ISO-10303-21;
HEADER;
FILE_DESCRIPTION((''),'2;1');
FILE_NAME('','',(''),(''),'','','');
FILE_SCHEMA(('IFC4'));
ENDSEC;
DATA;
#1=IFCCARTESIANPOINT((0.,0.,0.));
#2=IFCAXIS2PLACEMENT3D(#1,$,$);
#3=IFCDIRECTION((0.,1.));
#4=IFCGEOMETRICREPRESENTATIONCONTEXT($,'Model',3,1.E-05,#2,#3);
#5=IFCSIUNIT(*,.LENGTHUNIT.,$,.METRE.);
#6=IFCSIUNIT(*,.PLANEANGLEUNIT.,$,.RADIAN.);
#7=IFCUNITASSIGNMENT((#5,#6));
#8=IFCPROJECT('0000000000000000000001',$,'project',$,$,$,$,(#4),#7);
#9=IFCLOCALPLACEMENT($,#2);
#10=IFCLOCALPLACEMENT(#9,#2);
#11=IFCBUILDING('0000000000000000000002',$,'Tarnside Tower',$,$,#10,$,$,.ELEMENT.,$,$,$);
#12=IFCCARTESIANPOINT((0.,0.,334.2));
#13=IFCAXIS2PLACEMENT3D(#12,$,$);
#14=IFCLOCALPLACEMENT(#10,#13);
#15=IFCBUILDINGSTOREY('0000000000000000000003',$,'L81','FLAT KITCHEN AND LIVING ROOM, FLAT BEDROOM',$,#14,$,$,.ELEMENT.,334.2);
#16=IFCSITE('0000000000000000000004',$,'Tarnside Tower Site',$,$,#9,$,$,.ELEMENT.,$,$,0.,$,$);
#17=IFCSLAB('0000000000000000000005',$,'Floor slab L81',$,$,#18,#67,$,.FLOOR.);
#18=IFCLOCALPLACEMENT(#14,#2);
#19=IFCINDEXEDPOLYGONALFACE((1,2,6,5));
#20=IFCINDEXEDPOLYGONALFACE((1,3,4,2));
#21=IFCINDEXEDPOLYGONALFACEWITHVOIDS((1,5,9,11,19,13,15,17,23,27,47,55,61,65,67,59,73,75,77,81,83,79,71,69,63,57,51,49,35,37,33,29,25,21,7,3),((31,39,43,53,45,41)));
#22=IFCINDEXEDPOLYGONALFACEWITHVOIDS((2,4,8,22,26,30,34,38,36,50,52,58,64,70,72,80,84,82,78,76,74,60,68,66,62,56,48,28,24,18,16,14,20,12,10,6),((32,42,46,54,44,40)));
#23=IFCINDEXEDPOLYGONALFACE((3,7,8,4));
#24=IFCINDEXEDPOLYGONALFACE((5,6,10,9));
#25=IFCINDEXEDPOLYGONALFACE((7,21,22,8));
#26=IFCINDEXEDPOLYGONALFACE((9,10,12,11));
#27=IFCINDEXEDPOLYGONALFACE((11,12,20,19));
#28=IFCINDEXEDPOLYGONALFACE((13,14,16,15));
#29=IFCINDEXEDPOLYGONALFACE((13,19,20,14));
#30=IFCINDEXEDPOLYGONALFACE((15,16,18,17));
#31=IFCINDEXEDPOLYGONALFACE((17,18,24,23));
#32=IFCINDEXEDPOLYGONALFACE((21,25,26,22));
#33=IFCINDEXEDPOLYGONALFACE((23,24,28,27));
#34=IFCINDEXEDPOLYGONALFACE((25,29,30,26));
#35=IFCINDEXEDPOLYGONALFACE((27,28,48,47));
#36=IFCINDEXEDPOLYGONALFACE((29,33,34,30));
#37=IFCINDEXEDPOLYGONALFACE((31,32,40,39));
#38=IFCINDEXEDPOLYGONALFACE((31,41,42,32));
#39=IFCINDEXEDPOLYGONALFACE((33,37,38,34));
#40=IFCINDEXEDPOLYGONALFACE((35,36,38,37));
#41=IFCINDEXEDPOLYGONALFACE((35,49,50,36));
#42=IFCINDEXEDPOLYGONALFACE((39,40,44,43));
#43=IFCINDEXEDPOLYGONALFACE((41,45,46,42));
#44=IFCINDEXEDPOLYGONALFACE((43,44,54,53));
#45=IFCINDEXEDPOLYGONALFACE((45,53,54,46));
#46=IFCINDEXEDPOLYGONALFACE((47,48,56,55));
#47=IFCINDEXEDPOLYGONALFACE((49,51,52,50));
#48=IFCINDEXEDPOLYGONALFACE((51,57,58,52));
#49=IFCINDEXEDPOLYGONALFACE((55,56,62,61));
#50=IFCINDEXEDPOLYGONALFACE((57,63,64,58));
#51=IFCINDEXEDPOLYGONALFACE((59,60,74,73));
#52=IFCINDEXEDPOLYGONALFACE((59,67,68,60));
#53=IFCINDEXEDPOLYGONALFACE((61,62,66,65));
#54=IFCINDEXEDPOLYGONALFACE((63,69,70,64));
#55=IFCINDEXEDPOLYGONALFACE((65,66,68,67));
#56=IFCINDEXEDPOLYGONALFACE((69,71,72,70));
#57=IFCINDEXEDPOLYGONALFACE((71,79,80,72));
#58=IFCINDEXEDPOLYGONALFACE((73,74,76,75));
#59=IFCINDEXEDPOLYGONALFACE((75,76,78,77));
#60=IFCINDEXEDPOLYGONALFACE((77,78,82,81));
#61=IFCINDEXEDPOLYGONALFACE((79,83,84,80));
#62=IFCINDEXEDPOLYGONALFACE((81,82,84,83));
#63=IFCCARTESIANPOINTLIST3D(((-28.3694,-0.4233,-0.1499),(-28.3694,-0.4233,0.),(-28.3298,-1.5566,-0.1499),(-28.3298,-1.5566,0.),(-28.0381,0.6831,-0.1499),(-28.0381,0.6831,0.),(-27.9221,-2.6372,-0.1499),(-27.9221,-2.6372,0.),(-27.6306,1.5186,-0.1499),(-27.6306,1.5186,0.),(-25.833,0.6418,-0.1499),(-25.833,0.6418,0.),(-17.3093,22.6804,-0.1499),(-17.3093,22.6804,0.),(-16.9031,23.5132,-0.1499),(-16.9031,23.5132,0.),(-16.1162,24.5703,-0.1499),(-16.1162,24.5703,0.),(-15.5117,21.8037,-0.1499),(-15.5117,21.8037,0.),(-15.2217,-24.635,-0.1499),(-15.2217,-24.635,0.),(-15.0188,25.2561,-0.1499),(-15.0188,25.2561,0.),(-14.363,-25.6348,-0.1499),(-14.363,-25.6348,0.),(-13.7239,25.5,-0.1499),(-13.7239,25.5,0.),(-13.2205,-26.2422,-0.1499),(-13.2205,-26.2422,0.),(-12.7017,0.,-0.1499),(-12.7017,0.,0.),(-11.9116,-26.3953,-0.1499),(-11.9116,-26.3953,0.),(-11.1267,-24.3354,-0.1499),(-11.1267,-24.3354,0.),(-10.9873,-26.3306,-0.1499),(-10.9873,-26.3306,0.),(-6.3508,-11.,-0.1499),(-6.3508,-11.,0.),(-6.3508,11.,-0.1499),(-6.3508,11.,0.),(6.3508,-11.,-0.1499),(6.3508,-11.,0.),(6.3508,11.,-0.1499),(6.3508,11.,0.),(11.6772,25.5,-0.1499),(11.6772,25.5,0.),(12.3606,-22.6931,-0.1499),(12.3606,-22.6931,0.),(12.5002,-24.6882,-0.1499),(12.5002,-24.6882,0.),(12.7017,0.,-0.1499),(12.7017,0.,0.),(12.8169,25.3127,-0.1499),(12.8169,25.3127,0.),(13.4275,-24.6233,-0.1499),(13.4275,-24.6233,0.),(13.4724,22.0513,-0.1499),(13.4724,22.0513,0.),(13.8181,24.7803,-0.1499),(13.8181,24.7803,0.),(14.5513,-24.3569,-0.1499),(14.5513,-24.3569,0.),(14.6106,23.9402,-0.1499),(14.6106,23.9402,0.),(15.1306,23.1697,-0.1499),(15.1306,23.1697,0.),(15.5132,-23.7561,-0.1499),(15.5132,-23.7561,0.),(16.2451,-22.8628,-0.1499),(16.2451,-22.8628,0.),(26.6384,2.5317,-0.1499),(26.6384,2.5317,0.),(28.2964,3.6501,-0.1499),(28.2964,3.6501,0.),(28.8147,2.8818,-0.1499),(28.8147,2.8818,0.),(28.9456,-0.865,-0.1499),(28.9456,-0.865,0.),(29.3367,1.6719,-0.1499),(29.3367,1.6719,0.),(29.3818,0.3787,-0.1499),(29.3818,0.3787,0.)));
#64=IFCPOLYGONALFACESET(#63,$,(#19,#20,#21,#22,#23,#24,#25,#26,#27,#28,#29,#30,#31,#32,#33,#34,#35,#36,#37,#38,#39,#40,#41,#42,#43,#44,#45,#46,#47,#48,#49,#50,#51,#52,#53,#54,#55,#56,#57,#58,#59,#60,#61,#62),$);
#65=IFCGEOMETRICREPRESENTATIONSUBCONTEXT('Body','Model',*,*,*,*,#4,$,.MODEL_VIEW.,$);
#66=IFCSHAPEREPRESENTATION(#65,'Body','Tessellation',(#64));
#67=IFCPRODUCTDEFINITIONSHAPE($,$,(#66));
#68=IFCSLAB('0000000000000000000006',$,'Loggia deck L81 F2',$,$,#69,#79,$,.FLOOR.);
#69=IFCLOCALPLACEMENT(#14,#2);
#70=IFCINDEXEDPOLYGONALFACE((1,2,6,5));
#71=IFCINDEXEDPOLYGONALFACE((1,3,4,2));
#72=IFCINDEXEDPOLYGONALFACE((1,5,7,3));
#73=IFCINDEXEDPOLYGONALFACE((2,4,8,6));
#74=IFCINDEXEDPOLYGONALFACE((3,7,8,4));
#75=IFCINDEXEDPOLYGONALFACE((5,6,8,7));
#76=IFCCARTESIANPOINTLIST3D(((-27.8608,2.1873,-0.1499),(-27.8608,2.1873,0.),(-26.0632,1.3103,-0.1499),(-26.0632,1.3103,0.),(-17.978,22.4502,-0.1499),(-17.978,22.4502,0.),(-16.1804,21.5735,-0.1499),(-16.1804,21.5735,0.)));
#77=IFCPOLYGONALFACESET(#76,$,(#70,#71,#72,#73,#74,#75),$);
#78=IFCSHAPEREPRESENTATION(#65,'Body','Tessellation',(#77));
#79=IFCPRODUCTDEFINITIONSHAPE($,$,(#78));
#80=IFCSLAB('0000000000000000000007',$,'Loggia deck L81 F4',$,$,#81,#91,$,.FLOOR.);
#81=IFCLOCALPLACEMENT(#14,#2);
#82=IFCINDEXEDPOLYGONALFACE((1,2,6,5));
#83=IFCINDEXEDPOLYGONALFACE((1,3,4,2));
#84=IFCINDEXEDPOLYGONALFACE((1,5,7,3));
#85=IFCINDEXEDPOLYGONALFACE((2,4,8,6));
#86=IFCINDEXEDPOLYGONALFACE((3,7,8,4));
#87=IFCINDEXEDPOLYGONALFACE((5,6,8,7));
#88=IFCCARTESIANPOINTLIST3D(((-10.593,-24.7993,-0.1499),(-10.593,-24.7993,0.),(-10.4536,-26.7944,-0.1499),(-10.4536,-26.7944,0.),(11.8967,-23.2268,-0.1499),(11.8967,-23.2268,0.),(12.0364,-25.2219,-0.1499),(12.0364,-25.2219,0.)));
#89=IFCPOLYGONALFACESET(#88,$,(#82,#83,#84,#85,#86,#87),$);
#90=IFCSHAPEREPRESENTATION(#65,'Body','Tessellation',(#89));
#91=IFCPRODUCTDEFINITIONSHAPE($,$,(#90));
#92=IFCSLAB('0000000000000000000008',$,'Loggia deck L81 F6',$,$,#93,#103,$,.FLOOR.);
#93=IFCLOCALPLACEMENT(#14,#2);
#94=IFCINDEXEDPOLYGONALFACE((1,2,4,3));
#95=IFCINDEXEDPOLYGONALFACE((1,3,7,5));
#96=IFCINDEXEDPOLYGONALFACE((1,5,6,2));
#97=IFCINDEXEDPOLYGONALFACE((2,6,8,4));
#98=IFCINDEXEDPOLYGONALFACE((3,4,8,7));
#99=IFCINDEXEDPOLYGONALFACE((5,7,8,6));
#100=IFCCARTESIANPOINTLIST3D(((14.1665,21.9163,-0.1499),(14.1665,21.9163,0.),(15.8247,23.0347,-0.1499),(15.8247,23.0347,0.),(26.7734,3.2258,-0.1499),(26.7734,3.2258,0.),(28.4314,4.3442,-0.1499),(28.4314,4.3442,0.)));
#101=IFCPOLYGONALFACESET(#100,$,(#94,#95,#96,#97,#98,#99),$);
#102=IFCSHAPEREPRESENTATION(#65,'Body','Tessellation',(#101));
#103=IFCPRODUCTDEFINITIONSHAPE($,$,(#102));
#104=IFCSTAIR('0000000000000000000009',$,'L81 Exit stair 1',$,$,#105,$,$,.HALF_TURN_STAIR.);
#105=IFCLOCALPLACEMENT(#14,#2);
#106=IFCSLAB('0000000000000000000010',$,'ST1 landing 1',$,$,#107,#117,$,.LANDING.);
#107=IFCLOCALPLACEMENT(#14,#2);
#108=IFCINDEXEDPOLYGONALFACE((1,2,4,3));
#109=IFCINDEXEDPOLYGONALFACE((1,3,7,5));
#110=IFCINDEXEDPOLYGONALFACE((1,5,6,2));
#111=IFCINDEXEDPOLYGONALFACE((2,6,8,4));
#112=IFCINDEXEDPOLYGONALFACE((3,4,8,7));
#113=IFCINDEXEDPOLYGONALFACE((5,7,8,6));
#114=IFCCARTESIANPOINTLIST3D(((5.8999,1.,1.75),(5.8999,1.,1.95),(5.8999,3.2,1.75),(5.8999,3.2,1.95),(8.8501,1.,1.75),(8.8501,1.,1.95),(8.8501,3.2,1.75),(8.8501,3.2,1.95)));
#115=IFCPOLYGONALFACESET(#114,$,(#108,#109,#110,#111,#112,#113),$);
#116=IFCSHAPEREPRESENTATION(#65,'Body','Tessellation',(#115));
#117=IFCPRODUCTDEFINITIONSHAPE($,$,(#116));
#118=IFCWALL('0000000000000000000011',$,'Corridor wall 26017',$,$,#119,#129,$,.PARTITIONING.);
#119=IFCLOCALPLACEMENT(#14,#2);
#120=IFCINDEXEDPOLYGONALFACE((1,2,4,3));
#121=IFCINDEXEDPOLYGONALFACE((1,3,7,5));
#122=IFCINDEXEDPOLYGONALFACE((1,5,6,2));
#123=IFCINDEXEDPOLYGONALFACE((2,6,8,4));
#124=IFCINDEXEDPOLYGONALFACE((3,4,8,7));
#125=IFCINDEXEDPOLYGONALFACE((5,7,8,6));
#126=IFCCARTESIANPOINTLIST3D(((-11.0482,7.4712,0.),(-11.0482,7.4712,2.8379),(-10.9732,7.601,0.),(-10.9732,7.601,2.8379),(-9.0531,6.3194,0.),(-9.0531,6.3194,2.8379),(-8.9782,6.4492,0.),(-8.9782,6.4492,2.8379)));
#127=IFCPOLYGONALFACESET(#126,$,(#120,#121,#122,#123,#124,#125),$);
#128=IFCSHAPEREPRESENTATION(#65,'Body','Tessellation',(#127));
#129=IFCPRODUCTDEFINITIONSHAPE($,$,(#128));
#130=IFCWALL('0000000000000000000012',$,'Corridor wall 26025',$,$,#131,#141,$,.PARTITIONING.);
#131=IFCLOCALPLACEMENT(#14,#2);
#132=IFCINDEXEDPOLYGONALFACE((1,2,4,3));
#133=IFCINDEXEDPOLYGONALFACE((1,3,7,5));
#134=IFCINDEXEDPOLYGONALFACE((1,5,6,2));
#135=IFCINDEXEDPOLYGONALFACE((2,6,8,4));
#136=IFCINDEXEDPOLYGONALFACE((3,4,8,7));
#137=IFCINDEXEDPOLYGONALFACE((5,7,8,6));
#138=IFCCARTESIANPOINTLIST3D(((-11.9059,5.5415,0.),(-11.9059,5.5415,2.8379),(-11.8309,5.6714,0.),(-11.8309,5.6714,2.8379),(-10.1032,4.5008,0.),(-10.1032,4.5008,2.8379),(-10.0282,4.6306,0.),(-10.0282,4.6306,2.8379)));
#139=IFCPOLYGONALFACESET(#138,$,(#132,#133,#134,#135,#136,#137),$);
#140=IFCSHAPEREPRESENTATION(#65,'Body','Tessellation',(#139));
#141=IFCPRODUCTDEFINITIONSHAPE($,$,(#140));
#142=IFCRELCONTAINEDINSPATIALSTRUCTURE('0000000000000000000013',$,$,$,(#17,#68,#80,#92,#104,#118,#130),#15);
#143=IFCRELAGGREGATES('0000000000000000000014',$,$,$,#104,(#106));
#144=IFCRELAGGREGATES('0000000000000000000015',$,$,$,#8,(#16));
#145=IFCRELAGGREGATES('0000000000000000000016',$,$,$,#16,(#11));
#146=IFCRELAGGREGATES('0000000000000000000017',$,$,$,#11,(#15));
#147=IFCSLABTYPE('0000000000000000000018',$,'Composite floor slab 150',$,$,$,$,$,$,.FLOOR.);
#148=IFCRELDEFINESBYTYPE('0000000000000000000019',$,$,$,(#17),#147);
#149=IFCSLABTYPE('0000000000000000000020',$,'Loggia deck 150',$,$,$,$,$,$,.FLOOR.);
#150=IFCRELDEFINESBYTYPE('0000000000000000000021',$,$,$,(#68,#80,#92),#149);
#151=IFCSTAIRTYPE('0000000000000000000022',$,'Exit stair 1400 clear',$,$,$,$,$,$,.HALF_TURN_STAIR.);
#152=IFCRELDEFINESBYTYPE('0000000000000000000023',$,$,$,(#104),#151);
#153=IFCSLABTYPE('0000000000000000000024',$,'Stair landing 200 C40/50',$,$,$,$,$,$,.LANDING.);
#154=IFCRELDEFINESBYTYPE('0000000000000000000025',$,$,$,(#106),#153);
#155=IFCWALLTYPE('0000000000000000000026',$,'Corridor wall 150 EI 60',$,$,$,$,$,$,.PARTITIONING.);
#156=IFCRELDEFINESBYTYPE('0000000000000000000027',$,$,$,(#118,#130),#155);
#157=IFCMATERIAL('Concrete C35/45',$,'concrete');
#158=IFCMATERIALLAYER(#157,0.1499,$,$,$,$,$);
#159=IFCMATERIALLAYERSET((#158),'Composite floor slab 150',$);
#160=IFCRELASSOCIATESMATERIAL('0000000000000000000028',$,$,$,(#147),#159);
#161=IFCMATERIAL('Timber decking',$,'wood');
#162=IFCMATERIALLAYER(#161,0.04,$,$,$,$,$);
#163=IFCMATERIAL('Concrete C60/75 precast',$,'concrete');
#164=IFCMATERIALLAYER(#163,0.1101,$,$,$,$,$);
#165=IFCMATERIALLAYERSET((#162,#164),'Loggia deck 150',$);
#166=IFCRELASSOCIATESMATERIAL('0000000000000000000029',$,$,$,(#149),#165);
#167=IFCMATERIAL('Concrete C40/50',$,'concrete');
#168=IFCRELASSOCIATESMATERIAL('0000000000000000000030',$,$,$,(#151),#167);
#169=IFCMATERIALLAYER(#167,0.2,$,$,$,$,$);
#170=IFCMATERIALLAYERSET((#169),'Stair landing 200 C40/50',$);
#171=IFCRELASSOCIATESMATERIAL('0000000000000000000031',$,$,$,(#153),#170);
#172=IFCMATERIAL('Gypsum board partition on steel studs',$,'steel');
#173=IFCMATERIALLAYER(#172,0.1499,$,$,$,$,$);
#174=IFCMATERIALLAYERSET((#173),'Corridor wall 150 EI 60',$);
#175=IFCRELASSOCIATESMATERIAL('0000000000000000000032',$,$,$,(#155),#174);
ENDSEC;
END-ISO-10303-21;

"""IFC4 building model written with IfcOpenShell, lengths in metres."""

from ifc_helpers import new_model, si_unit, direction, frame, frame_2d, origin, place, context, subcontext, project, spatial, polyline, rectangle, outline, extrude, material, layer, layer_set, type_object, element, aggregate, save


model = new_model("IFC4")

# Units and contexts
model_context = context("Model", 3, precision=1e-05, world=origin(), true_north=direction((0.0, 1.0)))
body_context = subcontext(model_context, "Body", "Model", "MODEL_VIEW")
ifc_project = project(units=[si_unit("LENGTHUNIT", "METRE"), si_unit("PLANEANGLEUNIT", "RADIAN")], contexts=[model_context])

# Site, building, storey
site_placement = place(None, origin())
site = spatial("IfcSite", under=ifc_project, at=site_placement, Name="Tarnside Tower Site", CompositionType="ELEMENT", RefElevation=0.0)
building_placement = place(site_placement, origin())
building = spatial("IfcBuilding", under=site, at=building_placement, Name="Tarnside Tower", CompositionType="ELEMENT")
storey_placement = place(building_placement, frame((0.0, 0.0, 334.2)))
storey = spatial("IfcBuildingStorey", under=building, at=storey_placement, Name="L81", Description="FLAT KITCHEN AND LIVING ROOM, FLAT BEDROOM", CompositionType="ELEMENT", Elevation=334.2)

# Slabs
ifc_material_1 = material(Name="Concrete C35/45", Category="concrete")
ifc_layer_1 = layer(ifc_material_1, 0.1499)
ifc_layer_set_1 = layer_set([ifc_layer_1], Name="Composite floor slab 150")
slab_type_1 = type_object("IfcSlabType", Name="Composite floor slab 150", PredefinedType="FLOOR", material=ifc_layer_set_1)
slab_1_placement = place(storey_placement, frame((0.0, 0.0, -0.1499)))
element("IfcSlab", 1, at=slab_1_placement, inside=storey, type_object=slab_type_1, Name="Floor slab L81", PredefinedType="FLOOR", context=body_context, shape_type="SweptSolid", body=[
    extrude(outline(polyline([(12.8169, 25.3127), (13.8181, 24.7803), (14.6106, 23.9402), (15.1306, 23.1697), (13.4724, 22.0513), (26.6384, 2.5317), (28.2964, 3.6501), (28.8147, 2.8818), (29.3367, 1.6719), (29.3818, 0.3787), (28.9456, -0.865), (16.2451, -22.8628), (15.5132, -23.7561), (14.5513, -24.3569), (13.4275, -24.6233), (12.5002, -24.6882), (12.3606, -22.6931), (-11.1267, -24.3354), (-10.9873, -26.3306), (-11.9116, -26.3953), (-13.2205, -26.2422), (-14.363, -25.6348), (-15.2217, -24.635), (-27.9221, -2.6372), (-28.3298, -1.5566), (-28.3694, -0.4233), (-28.0381, 0.6831), (-27.6306, 1.5186), (-25.833, 0.6418), (-15.5117, 21.8037), (-17.3093, 22.6804), (-16.9031, 23.5132), (-16.1162, 24.5703), (-15.0188, 25.2561), (-13.7239, 25.5), (11.6772, 25.5), (12.8169, 25.3127)]), holes=[polyline([(-12.7017, 0.0), (-6.3508, -11.0), (6.3508, -11.0), (12.7017, 0.0), (6.3508, 11.0), (-6.3508, 11.0), (-12.7017, 0.0)])]), origin(), (0.0, 0.0, 1.0), 0.1499),
])
ifc_material_2 = material(Name="Timber decking", Category="wood")
ifc_layer_2 = layer(ifc_material_2, 0.04)
ifc_material_3 = material(Name="Concrete C60/75 precast", Category="concrete")
ifc_layer_3 = layer(ifc_material_3, 0.1101)
ifc_layer_set_2 = layer_set([ifc_layer_2, ifc_layer_3], Name="Loggia deck 150")
slab_type_2 = type_object("IfcSlabType", Name="Loggia deck 150", PredefinedType="FLOOR", material=ifc_layer_set_2)
slab_2_placement = place(storey_placement, frame((0.0, 0.0, -0.1499)))
element("IfcSlab", 2, at=slab_2_placement, inside=storey, type_object=slab_type_2, Name="Loggia deck L81 F2", PredefinedType="FLOOR", context=body_context, shape_type="SweptSolid", body=[
    extrude(outline(polyline([(-16.1804, 21.5735), (-26.0632, 1.3103), (-27.8608, 2.1873), (-17.978, 22.4502), (-16.1804, 21.5735)])), origin(), (0.0, 0.0, 1.0), 0.1499),
])
slab_3_placement = place(storey_placement, frame((0.0, 0.0, -0.1499)))
element("IfcSlab", 3, at=slab_3_placement, inside=storey, type_object=slab_type_2, Name="Loggia deck L81 F4", PredefinedType="FLOOR", context=body_context, shape_type="SweptSolid", body=[
    extrude(outline(polyline([(-10.593, -24.7993), (11.8967, -23.2268), (12.0364, -25.2219), (-10.4536, -26.7944), (-10.593, -24.7993)])), origin(), (0.0, 0.0, 1.0), 0.1499),
])
slab_4_placement = place(storey_placement, frame((0.0, 0.0, -0.1499)))
element("IfcSlab", 4, at=slab_4_placement, inside=storey, type_object=slab_type_2, Name="Loggia deck L81 F6", PredefinedType="FLOOR", context=body_context, shape_type="SweptSolid", body=[
    extrude(outline(polyline([(26.7734, 3.2258), (14.1665, 21.9163), (15.8247, 23.0347), (28.4314, 4.3442), (26.7734, 3.2258)])), origin(), (0.0, 0.0, 1.0), 0.1499),
])

# Stair, slab
ifc_material_4 = material(Name="Concrete C40/50", Category="concrete")
stair_type = type_object("IfcStairType", Name="Exit stair 1400 clear", PredefinedType="HALF_TURN_STAIR", material=ifc_material_4)
stair_1_placement = place(storey_placement, origin())
stair_1 = element("IfcStair", 5, at=stair_1_placement, inside=storey, type_object=stair_type, Name="L81 Exit stair 1", PredefinedType="HALF_TURN_STAIR")
ifc_layer_4 = layer(ifc_material_4, 0.2)
ifc_layer_set_3 = layer_set([ifc_layer_4], Name="Stair landing 200 C40/50")
slab_type_3 = type_object("IfcSlabType", Name="Stair landing 200 C40/50", PredefinedType="LANDING", material=ifc_layer_set_3)
slab_5_placement = place(storey_placement, frame((0.0, 0.0, 1.75)))
slab_5 = element("IfcSlab", 6, at=slab_5_placement, type_object=slab_type_3, Name="ST1 landing 1", PredefinedType="LANDING", context=body_context, shape_type="SweptSolid", body=[
    extrude(outline(polyline([(8.8501, 1.0), (8.8501, 3.2), (5.8999, 3.2), (5.8999, 1.0), (8.8501, 1.0)])), origin(), (0.0, 0.0, 1.0), 0.2),
])
aggregate(stair_1, [slab_5])

# Walls
ifc_material_5 = material(Name="Gypsum board partition on steel studs", Category="steel")
ifc_layer_5 = layer(ifc_material_5, 0.1499)
ifc_layer_set_4 = layer_set([ifc_layer_5], Name="Corridor wall 150 EI 60")
wall_type_1 = type_object("IfcWallType", Name="Corridor wall 150 EI 60", PredefinedType="PARTITIONING", material=ifc_layer_set_4)
wall_1_placement = place(storey_placement, frame((-9.0156, 6.3843, 0.0), z_axis=(0.0, 0.0, 1.0), x_axis=(-0.86603, 0.499992, 0.0)))
element("IfcWall", 7, at=wall_1_placement, inside=storey, type_object=wall_type_1, Name="Corridor wall 26017", PredefinedType="PARTITIONING", context=body_context, shape_type="SweptSolid", body=[
    extrude(rectangle(XDim=2.3037, YDim=0.1499, at=frame_2d((1.1519, 0.0))), origin(), (0.0, 0.0, 1.0), 2.8379),
])
wall_2_placement = place(storey_placement, frame((-11.8684, 5.6064, 0.0), z_axis=(0.0, 0.0, 1.0), x_axis=(0.866033, -0.499986, 0.0)))
element("IfcWall", 8, at=wall_2_placement, inside=storey, type_object=wall_type_1, Name="Corridor wall 26025", PredefinedType="PARTITIONING", context=body_context, shape_type="SweptSolid", body=[
    extrude(rectangle(XDim=2.0815, YDim=0.1499, at=frame_2d((1.0408, 0.0))), origin(), (0.0, 0.0, 1.0), 2.8379),
])

save(model, "model.ifc")
